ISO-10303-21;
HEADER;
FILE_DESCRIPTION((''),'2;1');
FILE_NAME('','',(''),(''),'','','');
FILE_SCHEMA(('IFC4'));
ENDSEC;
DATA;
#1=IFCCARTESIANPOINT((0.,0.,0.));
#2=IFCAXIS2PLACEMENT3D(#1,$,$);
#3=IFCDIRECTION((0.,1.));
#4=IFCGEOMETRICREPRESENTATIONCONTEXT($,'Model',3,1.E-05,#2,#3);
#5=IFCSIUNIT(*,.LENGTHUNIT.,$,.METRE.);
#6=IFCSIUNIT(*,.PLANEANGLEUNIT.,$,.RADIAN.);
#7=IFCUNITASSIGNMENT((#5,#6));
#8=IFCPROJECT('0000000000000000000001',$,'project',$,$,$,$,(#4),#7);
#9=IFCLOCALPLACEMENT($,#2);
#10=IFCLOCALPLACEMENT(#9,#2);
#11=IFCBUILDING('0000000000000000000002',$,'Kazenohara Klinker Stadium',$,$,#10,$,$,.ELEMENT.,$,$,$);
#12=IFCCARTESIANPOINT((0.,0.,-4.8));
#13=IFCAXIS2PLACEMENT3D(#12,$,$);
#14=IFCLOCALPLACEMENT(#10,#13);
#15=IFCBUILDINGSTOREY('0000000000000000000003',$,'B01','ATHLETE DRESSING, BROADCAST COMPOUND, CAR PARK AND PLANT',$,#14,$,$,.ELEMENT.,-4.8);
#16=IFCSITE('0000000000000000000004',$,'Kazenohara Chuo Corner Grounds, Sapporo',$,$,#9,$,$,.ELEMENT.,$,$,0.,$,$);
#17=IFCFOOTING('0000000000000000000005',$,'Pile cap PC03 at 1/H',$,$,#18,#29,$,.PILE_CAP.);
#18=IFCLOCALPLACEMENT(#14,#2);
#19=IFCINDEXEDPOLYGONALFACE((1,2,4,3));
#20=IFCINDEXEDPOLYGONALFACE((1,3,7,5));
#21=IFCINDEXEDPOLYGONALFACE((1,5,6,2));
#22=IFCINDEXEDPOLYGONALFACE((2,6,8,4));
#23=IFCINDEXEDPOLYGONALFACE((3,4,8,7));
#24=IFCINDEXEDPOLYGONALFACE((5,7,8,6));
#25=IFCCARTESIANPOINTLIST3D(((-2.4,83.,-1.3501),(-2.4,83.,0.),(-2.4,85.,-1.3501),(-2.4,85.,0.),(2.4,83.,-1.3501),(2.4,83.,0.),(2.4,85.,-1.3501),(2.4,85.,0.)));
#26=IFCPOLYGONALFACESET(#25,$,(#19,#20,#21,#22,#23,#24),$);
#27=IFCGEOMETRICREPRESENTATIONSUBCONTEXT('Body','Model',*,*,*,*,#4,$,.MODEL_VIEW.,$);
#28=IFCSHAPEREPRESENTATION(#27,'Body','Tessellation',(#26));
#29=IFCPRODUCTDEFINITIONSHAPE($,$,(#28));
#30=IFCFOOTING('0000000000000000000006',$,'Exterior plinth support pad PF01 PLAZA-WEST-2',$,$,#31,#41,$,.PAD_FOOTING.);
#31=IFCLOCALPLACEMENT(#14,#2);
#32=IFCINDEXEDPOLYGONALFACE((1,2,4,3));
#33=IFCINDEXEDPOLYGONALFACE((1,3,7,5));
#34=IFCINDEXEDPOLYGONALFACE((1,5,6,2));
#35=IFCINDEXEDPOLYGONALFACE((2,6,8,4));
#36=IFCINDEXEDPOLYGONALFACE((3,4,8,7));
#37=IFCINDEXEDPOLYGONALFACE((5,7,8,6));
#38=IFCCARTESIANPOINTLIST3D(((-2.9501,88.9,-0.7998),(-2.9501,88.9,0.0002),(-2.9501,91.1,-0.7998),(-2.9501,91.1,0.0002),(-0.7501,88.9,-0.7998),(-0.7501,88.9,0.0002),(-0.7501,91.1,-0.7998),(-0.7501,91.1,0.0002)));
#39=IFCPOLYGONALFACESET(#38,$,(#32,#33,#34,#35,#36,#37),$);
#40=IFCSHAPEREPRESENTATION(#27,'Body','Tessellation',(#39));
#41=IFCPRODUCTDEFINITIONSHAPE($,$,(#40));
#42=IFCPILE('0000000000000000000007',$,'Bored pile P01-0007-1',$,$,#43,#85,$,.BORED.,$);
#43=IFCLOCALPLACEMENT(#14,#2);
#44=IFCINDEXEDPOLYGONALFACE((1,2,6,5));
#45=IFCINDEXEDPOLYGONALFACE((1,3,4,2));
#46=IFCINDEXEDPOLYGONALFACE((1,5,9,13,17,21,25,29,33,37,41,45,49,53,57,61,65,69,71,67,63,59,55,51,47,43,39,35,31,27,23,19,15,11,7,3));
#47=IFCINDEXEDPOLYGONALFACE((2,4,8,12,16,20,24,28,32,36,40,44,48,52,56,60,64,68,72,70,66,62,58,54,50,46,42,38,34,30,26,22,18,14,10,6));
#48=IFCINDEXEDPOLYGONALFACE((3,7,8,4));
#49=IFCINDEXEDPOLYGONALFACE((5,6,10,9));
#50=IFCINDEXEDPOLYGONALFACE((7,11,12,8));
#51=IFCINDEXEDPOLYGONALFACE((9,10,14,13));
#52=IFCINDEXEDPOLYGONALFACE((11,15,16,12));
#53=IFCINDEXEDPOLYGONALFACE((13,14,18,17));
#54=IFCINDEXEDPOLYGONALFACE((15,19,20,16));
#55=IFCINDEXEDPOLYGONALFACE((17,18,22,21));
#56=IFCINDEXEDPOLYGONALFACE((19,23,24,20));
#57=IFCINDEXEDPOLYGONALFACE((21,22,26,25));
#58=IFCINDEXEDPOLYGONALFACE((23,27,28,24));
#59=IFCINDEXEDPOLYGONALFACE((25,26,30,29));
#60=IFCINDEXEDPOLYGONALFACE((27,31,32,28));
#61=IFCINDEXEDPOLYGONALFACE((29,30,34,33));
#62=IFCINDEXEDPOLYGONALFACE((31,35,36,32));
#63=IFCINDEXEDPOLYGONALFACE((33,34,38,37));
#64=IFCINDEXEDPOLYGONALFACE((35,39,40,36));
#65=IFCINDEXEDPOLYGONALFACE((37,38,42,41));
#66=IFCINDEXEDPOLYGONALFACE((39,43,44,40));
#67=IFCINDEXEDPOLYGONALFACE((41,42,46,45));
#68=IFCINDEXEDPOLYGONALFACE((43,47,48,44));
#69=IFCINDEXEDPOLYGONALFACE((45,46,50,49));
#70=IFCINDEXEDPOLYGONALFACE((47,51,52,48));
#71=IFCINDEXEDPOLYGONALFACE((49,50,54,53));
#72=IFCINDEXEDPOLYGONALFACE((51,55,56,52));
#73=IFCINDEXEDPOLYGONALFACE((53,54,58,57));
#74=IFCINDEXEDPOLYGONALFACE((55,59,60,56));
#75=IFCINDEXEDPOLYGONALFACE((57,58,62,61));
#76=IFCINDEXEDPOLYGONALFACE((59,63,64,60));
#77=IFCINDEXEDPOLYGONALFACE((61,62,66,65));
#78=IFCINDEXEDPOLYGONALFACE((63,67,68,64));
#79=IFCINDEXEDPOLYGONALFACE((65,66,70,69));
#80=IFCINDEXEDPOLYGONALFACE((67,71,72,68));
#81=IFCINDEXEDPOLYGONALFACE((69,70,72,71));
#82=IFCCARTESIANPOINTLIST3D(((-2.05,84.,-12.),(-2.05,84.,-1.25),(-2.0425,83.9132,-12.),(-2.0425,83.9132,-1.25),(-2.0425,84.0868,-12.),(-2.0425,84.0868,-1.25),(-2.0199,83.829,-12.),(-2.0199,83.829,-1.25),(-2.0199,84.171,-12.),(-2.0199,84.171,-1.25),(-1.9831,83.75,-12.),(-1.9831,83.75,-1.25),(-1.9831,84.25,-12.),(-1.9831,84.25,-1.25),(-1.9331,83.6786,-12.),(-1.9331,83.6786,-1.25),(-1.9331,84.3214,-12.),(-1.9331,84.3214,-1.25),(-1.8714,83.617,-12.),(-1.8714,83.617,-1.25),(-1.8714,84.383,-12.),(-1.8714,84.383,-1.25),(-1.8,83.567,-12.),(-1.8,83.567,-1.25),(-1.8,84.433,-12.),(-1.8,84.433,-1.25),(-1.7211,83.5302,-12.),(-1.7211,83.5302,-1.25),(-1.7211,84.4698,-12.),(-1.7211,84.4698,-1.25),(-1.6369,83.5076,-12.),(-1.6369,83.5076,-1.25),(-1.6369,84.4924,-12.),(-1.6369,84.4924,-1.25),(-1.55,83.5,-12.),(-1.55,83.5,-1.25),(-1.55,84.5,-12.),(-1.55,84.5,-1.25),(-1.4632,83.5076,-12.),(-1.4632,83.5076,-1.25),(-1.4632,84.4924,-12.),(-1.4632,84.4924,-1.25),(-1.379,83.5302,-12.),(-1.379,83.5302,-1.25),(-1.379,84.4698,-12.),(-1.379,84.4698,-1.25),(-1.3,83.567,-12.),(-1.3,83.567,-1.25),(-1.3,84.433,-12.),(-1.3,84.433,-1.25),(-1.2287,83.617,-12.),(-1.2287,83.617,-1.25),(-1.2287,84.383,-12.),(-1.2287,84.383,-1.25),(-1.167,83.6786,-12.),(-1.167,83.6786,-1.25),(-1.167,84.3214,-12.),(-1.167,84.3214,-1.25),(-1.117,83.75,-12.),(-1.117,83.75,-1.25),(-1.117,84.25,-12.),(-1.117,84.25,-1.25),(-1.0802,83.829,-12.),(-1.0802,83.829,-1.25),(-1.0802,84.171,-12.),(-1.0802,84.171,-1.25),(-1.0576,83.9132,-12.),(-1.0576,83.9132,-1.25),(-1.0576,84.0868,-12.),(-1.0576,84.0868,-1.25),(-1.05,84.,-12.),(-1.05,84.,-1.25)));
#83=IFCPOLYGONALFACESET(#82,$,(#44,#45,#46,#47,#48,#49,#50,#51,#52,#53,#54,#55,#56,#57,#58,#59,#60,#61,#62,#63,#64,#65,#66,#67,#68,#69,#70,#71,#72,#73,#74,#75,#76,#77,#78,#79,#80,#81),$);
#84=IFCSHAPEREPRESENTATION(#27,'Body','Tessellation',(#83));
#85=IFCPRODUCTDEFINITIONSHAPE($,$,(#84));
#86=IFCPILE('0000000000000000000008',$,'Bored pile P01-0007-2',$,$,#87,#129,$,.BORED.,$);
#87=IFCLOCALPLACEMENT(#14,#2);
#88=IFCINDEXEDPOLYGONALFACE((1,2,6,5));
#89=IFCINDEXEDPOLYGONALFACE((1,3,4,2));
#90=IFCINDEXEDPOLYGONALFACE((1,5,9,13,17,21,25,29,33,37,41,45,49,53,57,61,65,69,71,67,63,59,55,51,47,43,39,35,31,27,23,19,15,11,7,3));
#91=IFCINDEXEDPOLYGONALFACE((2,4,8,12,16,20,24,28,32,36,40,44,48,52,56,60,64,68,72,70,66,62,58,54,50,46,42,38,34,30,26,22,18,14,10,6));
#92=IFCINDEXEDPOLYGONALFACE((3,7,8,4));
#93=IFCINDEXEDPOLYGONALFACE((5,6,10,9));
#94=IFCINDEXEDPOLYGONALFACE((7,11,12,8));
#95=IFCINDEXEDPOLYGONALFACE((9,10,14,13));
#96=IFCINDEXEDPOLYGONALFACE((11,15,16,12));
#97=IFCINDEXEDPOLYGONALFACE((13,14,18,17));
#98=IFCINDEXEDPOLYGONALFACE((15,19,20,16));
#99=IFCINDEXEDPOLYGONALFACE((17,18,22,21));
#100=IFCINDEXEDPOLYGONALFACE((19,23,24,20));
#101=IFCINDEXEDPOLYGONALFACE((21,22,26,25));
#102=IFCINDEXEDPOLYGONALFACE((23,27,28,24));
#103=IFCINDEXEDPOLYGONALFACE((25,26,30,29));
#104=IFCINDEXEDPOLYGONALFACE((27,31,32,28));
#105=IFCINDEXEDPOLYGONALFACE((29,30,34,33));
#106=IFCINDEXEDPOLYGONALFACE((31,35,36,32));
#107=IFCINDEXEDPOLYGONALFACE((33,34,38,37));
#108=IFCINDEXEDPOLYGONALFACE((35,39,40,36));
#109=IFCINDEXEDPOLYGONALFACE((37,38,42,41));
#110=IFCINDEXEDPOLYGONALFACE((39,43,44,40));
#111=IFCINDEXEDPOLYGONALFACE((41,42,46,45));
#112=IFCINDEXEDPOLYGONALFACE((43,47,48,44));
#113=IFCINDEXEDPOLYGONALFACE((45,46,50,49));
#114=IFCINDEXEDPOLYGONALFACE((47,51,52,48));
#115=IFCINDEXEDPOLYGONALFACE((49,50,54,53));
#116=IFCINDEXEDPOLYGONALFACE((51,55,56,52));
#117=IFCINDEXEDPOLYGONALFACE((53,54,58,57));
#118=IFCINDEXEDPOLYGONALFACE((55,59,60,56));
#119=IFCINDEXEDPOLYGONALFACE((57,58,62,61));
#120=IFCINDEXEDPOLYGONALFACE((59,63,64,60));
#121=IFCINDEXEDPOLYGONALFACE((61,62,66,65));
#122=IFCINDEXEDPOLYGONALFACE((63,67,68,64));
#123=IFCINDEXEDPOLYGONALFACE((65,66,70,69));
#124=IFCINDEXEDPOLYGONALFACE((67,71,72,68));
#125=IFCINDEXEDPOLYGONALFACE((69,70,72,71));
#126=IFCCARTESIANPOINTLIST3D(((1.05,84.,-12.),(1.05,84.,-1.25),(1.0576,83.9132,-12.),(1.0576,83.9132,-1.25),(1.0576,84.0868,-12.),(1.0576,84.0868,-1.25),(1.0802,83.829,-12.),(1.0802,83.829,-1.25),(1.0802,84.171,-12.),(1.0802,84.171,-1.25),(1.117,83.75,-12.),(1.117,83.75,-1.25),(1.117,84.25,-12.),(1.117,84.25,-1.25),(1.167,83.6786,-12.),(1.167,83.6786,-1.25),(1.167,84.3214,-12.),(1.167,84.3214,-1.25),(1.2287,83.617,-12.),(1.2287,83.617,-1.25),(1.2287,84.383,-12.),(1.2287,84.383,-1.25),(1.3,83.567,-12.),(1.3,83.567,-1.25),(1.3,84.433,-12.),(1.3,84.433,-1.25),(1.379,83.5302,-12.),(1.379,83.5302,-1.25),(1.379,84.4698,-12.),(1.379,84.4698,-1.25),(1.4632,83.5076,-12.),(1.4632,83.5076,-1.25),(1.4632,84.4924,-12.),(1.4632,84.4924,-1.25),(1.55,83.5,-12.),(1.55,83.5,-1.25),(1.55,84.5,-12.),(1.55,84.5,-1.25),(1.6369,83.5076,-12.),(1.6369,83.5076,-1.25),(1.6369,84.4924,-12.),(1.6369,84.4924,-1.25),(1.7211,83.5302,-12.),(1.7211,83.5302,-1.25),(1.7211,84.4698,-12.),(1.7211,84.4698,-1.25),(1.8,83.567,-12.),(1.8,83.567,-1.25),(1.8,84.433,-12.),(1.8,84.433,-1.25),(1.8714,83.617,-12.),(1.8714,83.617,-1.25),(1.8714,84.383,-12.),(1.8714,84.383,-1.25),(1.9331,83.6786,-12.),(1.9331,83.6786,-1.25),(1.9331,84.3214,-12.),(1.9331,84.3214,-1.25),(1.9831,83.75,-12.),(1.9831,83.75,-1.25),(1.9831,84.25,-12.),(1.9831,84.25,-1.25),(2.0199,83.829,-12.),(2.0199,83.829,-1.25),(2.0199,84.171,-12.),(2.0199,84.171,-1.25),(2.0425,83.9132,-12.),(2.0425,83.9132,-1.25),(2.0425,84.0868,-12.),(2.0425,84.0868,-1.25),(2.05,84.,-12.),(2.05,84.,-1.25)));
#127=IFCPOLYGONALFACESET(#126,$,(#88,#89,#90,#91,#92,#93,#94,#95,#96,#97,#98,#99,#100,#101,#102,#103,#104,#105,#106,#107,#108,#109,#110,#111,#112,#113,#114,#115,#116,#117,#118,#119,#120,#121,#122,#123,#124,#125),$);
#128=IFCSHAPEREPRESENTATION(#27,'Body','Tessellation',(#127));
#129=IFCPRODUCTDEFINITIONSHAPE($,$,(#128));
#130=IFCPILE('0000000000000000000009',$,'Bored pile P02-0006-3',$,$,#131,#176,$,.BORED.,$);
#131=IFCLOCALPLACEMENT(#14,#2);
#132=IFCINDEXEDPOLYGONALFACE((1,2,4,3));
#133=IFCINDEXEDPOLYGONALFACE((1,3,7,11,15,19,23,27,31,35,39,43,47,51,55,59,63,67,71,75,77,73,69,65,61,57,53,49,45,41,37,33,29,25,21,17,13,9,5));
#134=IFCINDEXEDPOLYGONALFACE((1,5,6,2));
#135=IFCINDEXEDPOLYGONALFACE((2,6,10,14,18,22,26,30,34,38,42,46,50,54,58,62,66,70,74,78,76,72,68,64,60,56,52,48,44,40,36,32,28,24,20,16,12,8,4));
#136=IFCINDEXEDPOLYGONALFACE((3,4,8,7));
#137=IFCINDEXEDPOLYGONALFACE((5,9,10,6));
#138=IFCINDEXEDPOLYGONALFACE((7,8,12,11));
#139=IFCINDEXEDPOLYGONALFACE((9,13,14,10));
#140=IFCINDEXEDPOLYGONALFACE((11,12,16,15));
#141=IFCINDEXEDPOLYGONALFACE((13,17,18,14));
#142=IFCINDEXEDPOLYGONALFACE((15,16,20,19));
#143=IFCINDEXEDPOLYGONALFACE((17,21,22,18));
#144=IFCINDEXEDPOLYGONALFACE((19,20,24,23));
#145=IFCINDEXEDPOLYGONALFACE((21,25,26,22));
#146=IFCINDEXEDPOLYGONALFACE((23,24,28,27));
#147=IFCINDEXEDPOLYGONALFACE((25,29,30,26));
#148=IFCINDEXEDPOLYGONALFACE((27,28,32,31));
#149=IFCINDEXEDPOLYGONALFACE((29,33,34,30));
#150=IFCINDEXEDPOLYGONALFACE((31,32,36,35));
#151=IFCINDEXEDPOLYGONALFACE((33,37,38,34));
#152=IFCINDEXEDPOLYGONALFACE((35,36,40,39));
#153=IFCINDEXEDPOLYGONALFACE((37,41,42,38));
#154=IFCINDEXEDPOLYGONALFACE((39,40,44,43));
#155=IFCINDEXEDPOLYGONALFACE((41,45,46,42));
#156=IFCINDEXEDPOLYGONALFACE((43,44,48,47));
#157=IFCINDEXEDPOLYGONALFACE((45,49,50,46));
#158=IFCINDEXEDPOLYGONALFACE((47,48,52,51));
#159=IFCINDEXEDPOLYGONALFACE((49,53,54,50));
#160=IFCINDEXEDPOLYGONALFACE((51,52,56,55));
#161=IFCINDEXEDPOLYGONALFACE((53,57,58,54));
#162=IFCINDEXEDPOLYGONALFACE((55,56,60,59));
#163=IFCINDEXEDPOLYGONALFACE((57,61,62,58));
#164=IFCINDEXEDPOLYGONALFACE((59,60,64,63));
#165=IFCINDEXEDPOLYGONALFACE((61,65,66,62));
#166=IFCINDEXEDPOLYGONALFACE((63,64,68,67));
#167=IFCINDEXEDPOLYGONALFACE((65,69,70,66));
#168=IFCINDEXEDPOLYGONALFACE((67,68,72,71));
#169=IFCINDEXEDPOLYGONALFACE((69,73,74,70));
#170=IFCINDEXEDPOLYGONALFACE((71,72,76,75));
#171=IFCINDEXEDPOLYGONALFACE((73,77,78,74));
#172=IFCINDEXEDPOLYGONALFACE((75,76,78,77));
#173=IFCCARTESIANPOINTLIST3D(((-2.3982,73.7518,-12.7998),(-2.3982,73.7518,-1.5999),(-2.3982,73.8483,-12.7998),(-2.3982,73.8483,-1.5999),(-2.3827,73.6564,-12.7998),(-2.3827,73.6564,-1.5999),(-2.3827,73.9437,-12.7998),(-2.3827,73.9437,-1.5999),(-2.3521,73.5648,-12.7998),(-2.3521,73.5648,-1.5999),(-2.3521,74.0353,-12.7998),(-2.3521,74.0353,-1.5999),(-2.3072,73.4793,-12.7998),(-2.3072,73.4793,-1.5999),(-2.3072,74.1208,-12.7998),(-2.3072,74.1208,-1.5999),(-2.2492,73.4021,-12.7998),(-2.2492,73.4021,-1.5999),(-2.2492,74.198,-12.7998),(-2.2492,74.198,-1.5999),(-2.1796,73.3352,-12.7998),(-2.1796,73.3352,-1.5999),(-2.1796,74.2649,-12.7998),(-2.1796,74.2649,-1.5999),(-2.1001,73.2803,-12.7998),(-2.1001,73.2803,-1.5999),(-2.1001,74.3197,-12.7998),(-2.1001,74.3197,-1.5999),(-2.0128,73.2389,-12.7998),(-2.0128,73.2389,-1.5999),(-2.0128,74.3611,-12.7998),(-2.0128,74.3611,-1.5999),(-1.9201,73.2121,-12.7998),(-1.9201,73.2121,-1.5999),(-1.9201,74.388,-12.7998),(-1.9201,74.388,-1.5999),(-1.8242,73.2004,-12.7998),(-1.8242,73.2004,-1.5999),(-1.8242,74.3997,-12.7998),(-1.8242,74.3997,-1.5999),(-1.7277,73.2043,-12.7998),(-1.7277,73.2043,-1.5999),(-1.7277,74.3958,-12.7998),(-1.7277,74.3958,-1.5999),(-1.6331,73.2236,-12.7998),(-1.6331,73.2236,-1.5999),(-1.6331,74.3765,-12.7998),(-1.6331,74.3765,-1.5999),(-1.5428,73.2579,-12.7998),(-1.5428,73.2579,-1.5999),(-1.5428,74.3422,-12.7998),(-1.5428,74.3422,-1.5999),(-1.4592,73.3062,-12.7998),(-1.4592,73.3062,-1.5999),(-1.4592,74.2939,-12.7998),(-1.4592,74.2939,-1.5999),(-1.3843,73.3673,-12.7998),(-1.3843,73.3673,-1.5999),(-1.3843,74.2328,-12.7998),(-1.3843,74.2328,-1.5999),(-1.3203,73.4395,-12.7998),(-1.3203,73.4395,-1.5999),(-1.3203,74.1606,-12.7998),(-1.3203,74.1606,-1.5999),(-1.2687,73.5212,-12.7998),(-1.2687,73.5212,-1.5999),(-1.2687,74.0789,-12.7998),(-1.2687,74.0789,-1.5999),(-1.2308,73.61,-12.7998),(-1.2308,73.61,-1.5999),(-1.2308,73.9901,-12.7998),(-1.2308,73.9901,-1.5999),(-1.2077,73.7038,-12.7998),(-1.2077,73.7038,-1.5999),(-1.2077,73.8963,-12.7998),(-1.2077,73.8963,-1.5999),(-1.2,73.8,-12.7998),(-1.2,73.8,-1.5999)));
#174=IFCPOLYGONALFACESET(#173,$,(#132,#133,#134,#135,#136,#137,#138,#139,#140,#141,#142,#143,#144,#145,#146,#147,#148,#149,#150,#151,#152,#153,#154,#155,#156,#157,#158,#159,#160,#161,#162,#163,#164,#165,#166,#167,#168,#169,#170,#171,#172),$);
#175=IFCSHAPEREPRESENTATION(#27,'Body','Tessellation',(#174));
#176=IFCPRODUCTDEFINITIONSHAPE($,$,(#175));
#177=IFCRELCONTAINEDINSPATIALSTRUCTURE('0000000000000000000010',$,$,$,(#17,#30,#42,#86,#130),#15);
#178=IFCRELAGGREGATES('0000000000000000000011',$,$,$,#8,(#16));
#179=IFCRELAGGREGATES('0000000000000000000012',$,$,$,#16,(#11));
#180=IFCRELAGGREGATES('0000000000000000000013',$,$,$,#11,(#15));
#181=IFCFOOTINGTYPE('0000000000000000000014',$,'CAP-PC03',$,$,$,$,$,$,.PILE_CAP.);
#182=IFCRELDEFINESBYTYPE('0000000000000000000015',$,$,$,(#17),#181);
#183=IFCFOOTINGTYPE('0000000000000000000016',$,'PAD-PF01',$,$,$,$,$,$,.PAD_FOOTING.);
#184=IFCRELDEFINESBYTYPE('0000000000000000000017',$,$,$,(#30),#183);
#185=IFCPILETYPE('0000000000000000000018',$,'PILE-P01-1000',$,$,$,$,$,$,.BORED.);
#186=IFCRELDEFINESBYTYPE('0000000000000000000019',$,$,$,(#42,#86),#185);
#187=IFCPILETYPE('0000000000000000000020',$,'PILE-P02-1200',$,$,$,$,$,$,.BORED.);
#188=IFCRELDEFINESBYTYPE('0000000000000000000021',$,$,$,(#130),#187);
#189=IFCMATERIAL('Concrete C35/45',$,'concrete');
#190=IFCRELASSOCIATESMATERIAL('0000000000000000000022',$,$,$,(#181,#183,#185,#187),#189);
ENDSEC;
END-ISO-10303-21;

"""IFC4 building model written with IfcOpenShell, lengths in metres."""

from ifc_helpers import new_model, si_unit, direction, frame, origin, origin_2d, place, context, subcontext, project, spatial, rectangle, circle, extrude, material, material_profile, profile_set, type_object, element, save


model = new_model("IFC4")

# Units and contexts
model_context = context("Model", 3, precision=1e-05, world=origin(), true_north=direction((0.0, 1.0)))
body_context = subcontext(model_context, "Body", "Model", "MODEL_VIEW")
ifc_project = project(units=[si_unit("LENGTHUNIT", "METRE"), si_unit("PLANEANGLEUNIT", "RADIAN")], contexts=[model_context])

# Site, building, storey
site_placement = place(None, origin())
site = spatial("IfcSite", under=ifc_project, at=site_placement, Name="Kazenohara Chuo Corner Grounds, Sapporo", CompositionType="ELEMENT", RefElevation=0.0)
building_placement = place(site_placement, origin())
building = spatial("IfcBuilding", under=site, at=building_placement, Name="Kazenohara Klinker Stadium", CompositionType="ELEMENT")
storey_placement = place(building_placement, frame((0.0, 0.0, -4.8)))
storey = spatial("IfcBuildingStorey", under=building, at=storey_placement, Name="B01", Description="ATHLETE DRESSING, BROADCAST COMPOUND, CAR PARK AND PLANT", CompositionType="ELEMENT", Elevation=-4.8)

# Footings
ifc_material_1 = material(Name="Concrete C35/45", Category="concrete")
footing_type_1 = type_object("IfcFootingType", Name="CAP-PC03", PredefinedType="PILE_CAP", material=ifc_material_1)
footing_1_placement = place(storey_placement, frame((0.0, 84.0, -1.3501), z_axis=(0.0, 0.0, 1.0), x_axis=(1.0, 0.0, 0.0)))
element("IfcFooting", 1, at=footing_1_placement, inside=storey, type_object=footing_type_1, Name="Pile cap PC03 at 1/H", PredefinedType="PILE_CAP", context=body_context, shape_type="SweptSolid", body=[
    extrude(rectangle(XDim=4.8, YDim=2.0, at=origin_2d()), origin(), (0.0, 0.0, 1.0), 1.3501),
])
footing_type_2 = type_object("IfcFootingType", Name="PAD-PF01", PredefinedType="PAD_FOOTING", material=ifc_material_1)
footing_2_placement = place(storey_placement, frame((-1.8501, 90.0, -0.7998), z_axis=(0.0, 0.0, 1.0), x_axis=(1.0, 0.0, 0.0)))
element("IfcFooting", 2, at=footing_2_placement, inside=storey, type_object=footing_type_2, Name="Exterior plinth support pad PF01 PLAZA-WEST-2", PredefinedType="PAD_FOOTING", context=body_context, shape_type="SweptSolid", body=[
    extrude(rectangle(XDim=2.2, YDim=2.2, at=origin_2d()), origin(), (0.0, 0.0, 1.0), 0.8),
])

# Piles
ifc_material_profile_1 = material_profile(ifc_material_1, circle(Radius=0.5, at=origin_2d()), Name="BORED-PILE-1000")
ifc_profile_set_1 = profile_set([ifc_material_profile_1], Name="Concrete C35/45")
pile_type_1 = type_object("IfcPileType", Name="PILE-P01-1000", PredefinedType="BORED", material=ifc_profile_set_1)
for number, where, z_axis, x_axis, name in (
    (3, (-1.55, 84.0, -1.25), (0.0, 0.0, -1.0), (1.0, 0.0, 0.0), "Bored pile P01-0007-1"),
    (4, (1.55, 84.0, -1.25), (0.0, 0.0, -1.0), (1.0, 0.0, 0.0), "Bored pile P01-0007-2"),
):
    element("IfcPile", number, at=place(storey_placement, frame(where, z_axis=z_axis, x_axis=x_axis)), inside=storey, type_object=pile_type_1, Name=name, PredefinedType="BORED", context=body_context, shape_type="SweptSolid", body=[
        extrude(circle(Radius=0.5, at=origin_2d()), origin(), (0.0, 0.0, 1.0), 10.75),
    ])
ifc_material_profile_2 = material_profile(ifc_material_1, circle(Radius=0.6001, at=origin_2d()), Name="BORED-PILE-1200")
ifc_profile_set_2 = profile_set([ifc_material_profile_2], Name="Concrete C35/45")
pile_type_2 = type_object("IfcPileType", Name="PILE-P02-1200", PredefinedType="BORED", material=ifc_profile_set_2)
for number, where, z_axis, x_axis, name in (
    (5, (-1.8, 73.8, -1.5999), (0.0, 0.0, -1.0), (1.0, 0.0, 0.0), "Bored pile P02-0006-3"),
):
    element("IfcPile", number, at=place(storey_placement, frame(where, z_axis=z_axis, x_axis=x_axis)), inside=storey, type_object=pile_type_2, Name=name, PredefinedType="BORED", context=body_context, shape_type="SweptSolid", body=[
        extrude(circle(Radius=0.6001, at=origin_2d()), origin(), (0.0, 0.0, 1.0), 11.2),
    ])

save(model, "model.ifc")
